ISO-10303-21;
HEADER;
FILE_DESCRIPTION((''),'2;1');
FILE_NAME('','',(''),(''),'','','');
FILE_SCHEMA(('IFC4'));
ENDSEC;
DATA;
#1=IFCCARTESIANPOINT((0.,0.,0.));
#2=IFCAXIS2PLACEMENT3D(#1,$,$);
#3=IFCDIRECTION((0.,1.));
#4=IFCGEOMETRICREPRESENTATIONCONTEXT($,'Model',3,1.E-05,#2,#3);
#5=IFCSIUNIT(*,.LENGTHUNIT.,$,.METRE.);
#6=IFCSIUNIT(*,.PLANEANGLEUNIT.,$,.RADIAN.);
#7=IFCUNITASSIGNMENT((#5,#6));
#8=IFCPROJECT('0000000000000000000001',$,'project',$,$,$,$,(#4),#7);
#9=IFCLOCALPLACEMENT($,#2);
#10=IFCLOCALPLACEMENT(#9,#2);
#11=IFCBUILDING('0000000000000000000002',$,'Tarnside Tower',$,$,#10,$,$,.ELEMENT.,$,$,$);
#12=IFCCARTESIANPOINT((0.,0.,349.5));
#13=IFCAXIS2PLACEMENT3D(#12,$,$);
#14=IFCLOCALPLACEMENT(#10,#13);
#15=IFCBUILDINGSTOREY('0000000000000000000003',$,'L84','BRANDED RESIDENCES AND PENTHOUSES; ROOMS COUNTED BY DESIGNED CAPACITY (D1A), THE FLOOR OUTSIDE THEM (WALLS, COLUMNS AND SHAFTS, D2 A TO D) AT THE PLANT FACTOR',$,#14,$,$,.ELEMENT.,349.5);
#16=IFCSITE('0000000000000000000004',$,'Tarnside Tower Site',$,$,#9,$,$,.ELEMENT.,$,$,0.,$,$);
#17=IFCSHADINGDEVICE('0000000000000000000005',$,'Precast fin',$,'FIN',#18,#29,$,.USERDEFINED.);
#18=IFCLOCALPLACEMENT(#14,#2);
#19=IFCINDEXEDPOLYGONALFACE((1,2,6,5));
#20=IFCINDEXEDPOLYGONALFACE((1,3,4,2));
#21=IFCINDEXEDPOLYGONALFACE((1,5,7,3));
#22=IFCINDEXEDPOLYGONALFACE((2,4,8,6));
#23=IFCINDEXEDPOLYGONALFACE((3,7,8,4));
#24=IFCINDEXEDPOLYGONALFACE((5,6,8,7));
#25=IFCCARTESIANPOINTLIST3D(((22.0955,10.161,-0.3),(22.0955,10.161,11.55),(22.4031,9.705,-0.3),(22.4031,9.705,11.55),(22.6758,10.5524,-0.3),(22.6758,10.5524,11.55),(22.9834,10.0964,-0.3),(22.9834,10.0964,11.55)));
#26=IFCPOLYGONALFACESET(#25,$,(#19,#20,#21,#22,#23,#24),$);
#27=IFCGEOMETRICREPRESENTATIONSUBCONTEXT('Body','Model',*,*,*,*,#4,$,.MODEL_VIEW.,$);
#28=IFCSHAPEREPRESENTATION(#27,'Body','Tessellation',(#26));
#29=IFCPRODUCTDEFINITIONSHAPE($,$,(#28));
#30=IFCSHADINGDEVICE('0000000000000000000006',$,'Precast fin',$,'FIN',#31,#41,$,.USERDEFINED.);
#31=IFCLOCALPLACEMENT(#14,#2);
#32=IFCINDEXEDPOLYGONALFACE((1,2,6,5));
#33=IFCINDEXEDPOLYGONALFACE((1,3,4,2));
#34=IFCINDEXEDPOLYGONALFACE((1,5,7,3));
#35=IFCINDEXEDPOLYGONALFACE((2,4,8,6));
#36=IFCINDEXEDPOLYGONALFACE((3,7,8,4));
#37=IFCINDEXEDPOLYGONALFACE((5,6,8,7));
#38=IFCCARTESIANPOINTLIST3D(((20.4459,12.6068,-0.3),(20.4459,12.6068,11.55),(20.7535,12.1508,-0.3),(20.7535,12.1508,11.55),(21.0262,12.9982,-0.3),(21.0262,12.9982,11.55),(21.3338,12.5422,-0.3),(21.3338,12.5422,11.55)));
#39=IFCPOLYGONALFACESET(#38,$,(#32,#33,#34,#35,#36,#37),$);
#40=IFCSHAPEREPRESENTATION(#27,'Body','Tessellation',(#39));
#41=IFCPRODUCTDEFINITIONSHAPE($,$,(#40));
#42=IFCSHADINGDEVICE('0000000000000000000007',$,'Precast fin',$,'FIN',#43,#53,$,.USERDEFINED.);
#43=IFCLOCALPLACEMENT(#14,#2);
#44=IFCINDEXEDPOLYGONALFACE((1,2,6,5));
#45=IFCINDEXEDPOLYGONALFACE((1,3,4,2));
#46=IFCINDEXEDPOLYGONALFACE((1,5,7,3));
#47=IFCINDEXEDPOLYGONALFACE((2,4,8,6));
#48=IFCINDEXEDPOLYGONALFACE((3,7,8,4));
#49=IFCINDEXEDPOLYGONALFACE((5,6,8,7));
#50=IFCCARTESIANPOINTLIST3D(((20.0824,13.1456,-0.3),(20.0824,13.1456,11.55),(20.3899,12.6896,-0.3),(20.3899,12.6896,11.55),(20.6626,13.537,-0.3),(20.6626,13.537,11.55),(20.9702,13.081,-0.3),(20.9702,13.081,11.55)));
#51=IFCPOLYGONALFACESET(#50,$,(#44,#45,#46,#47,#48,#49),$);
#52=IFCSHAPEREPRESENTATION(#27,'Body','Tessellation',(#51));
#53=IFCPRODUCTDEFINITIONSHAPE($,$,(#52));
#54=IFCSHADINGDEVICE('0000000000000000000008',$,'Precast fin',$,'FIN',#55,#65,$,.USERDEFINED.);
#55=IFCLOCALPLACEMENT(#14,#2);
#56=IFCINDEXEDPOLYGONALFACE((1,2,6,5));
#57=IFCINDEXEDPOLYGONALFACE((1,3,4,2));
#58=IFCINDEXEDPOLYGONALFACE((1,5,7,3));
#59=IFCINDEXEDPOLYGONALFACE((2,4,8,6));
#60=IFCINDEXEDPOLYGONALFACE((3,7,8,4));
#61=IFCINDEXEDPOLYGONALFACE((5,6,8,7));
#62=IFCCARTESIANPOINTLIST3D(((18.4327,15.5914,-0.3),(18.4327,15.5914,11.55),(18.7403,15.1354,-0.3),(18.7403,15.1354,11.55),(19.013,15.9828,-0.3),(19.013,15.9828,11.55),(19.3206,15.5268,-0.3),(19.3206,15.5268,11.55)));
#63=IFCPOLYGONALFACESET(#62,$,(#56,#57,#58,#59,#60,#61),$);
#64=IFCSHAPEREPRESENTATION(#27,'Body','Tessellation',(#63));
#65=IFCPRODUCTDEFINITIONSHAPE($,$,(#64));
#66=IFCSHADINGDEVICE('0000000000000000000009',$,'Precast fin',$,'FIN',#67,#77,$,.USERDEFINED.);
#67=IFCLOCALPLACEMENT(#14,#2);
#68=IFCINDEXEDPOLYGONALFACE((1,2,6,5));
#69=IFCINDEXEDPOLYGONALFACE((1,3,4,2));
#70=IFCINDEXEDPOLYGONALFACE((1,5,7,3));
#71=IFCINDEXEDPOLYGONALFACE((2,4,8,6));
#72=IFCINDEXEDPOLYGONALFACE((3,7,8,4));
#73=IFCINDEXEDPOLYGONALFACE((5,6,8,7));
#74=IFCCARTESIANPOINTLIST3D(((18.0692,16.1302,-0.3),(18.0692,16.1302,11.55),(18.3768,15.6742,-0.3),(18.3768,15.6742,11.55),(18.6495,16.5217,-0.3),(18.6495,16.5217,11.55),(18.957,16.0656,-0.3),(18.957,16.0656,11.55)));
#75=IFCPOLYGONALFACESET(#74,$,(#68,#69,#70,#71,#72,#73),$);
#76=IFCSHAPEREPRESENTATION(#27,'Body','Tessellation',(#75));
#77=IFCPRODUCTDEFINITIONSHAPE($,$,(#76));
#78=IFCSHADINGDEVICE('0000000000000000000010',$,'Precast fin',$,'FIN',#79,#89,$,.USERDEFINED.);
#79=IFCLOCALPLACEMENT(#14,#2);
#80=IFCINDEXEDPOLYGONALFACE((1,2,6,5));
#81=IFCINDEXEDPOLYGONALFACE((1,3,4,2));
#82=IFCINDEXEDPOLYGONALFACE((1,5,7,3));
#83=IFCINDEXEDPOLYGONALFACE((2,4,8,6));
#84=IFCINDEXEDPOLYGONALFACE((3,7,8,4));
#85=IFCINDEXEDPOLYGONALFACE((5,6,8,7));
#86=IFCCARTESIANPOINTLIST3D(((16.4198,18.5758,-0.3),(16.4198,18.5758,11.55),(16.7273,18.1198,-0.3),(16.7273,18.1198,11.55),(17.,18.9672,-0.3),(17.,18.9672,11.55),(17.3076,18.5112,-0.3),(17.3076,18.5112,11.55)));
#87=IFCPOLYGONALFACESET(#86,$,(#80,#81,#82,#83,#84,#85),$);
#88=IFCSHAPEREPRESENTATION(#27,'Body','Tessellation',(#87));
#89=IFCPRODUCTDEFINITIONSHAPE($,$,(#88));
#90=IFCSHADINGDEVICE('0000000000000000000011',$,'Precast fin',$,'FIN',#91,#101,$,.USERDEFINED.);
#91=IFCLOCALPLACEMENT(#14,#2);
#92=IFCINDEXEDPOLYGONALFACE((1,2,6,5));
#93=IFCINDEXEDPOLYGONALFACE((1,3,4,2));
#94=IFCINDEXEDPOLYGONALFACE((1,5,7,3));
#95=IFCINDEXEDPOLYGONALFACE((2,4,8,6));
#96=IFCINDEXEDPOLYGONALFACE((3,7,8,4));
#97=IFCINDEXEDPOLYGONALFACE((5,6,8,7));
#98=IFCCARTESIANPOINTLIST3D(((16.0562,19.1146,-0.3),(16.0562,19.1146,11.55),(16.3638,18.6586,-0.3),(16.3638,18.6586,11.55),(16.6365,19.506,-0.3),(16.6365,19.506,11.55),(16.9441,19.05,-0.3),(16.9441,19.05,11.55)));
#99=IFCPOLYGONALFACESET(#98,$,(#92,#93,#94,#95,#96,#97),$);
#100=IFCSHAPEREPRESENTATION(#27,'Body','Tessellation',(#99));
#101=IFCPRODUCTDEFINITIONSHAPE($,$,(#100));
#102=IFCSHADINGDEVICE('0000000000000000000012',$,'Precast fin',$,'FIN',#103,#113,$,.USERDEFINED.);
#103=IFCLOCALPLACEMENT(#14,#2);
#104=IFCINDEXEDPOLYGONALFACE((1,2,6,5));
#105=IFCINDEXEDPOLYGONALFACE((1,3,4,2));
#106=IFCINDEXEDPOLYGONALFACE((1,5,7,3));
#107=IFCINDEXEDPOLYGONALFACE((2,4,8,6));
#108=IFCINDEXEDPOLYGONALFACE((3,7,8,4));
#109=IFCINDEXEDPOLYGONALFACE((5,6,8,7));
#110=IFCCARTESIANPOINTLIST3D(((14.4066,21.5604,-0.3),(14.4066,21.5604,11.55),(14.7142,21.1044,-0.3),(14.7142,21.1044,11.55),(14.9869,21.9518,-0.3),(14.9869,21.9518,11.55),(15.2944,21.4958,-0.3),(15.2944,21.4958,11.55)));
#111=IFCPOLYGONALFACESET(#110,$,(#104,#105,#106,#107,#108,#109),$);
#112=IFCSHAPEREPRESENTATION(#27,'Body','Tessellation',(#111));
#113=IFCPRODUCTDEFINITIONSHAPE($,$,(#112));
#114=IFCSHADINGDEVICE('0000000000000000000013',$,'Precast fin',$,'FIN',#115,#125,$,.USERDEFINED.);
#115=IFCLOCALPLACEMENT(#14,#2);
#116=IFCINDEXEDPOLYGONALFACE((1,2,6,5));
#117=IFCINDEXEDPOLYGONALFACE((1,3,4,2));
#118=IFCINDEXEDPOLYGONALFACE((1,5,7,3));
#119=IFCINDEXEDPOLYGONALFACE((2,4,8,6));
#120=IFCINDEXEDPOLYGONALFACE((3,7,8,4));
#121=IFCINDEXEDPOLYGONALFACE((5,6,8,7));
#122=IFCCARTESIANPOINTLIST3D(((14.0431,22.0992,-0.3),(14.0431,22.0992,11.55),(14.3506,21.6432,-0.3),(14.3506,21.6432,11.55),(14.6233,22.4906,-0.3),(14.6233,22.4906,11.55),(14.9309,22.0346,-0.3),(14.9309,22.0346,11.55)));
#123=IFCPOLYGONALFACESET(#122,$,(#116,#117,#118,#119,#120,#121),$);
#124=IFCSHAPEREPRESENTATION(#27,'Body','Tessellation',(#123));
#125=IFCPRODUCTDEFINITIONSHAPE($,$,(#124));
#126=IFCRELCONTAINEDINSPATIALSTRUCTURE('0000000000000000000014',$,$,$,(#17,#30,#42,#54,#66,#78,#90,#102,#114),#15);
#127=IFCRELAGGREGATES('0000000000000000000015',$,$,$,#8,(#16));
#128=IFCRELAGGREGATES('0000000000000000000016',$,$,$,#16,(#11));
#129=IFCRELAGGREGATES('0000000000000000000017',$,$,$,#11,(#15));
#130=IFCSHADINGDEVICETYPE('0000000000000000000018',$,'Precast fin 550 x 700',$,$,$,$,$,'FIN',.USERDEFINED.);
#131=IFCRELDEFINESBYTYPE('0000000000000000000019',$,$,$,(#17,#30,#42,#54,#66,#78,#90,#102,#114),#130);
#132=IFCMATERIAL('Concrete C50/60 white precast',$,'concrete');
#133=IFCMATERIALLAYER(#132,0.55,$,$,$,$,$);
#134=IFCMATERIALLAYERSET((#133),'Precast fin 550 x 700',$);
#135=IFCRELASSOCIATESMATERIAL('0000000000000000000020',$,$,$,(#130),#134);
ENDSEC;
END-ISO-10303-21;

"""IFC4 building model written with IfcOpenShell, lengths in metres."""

from ifc_helpers import new_model, si_unit, direction, frame, origin, place, context, subcontext, project, spatial, polyline, outline, extrude, material, layer, layer_set, type_object, element, save


model = new_model("IFC4")

# Units and contexts
model_context = context("Model", 3, precision=1e-05, world=origin(), true_north=direction((0.0, 1.0)))
body_context = subcontext(model_context, "Body", "Model", "MODEL_VIEW")
ifc_project = project(units=[si_unit("LENGTHUNIT", "METRE"), si_unit("PLANEANGLEUNIT", "RADIAN")], contexts=[model_context])

# Site, building, storey
site_placement = place(None, origin())
site = spatial("IfcSite", under=ifc_project, at=site_placement, Name="Tarnside Tower Site", CompositionType="ELEMENT", RefElevation=0.0)
building_placement = place(site_placement, origin())
building = spatial("IfcBuilding", under=site, at=building_placement, Name="Tarnside Tower", CompositionType="ELEMENT")
storey_placement = place(building_placement, frame((0.0, 0.0, 349.5)))
storey = spatial("IfcBuildingStorey", under=building, at=storey_placement, Name="L84", Description="BRANDED RESIDENCES AND PENTHOUSES; ROOMS COUNTED BY DESIGNED CAPACITY (D1A), THE FLOOR OUTSIDE THEM (WALLS, COLUMNS AND SHAFTS, D2 A TO D) AT THE PLANT FACTOR", CompositionType="ELEMENT", Elevation=349.5)

# Shading devices
ifc_material_1 = material(Name="Concrete C50/60 white precast", Category="concrete")
ifc_layer_1 = layer(ifc_material_1, 0.55)
ifc_layer_set_1 = layer_set([ifc_layer_1], Name="Precast fin 550 x 700")
shading_device_type_1 = type_object("IfcShadingDeviceType", Name="Precast fin 550 x 700", ElementType="FIN", PredefinedType="USERDEFINED", material=ifc_layer_set_1)
for number, where, z_axis, x_axis, name in (
    (1, (22.2493, 9.9331, -0.3), (0.559193, -0.829038, 0.0), (0.829038, 0.559193, 0.0), "Precast fin"),
    (2, (20.5996, 12.3789, -0.3), (0.559193, -0.829038, 0.0), (0.829038, 0.559193, 0.0), "Precast fin"),
    (3, (20.2361, 12.9177, -0.3), (0.559193, -0.829038, 0.0), (0.829038, 0.559193, 0.0), "Precast fin"),
    (4, (18.5864, 15.3635, -0.3), (0.559193, -0.829038, 0.0), (0.829038, 0.559193, 0.0), "Precast fin"),
    (5, (18.2229, 15.9023, -0.3), (0.559193, -0.829038, 0.0), (0.829038, 0.559193, 0.0), "Precast fin"),
    (6, (16.5735, 18.3479, -0.3), (0.559193, -0.829038, 0.0), (0.829038, 0.559193, 0.0), "Precast fin"),
    (7, (16.21, 18.8867, -0.3), (0.559193, -0.829038, 0.0), (0.829038, 0.559193, 0.0), "Precast fin"),
    (8, (14.5603, 21.3325, -0.3), (0.559193, -0.829038, 0.0), (0.829038, 0.559193, 0.0), "Precast fin"),
    (9, (14.1968, 21.8713, -0.3), (0.559193, -0.829038, 0.0), (0.829038, 0.559193, 0.0), "Precast fin"),
):
    element("IfcShadingDevice", number, at=place(storey_placement, frame(where, z_axis=z_axis, x_axis=x_axis)), inside=storey, type_object=shading_device_type_1, Name=name, ObjectType="FIN", PredefinedType="USERDEFINED", context=body_context, shape_type="SweptSolid", body=[
        extrude(outline(polyline([(0.0, 0.0), (0.7, 0.0), (0.7, 11.8501), (0.0, 11.8501), (0.0, 0.0)])), frame((0.0, 0.0, -0.2749)), (0.0, 0.0, 1.0), 0.55),
    ])

save(model, "model.ifc")
